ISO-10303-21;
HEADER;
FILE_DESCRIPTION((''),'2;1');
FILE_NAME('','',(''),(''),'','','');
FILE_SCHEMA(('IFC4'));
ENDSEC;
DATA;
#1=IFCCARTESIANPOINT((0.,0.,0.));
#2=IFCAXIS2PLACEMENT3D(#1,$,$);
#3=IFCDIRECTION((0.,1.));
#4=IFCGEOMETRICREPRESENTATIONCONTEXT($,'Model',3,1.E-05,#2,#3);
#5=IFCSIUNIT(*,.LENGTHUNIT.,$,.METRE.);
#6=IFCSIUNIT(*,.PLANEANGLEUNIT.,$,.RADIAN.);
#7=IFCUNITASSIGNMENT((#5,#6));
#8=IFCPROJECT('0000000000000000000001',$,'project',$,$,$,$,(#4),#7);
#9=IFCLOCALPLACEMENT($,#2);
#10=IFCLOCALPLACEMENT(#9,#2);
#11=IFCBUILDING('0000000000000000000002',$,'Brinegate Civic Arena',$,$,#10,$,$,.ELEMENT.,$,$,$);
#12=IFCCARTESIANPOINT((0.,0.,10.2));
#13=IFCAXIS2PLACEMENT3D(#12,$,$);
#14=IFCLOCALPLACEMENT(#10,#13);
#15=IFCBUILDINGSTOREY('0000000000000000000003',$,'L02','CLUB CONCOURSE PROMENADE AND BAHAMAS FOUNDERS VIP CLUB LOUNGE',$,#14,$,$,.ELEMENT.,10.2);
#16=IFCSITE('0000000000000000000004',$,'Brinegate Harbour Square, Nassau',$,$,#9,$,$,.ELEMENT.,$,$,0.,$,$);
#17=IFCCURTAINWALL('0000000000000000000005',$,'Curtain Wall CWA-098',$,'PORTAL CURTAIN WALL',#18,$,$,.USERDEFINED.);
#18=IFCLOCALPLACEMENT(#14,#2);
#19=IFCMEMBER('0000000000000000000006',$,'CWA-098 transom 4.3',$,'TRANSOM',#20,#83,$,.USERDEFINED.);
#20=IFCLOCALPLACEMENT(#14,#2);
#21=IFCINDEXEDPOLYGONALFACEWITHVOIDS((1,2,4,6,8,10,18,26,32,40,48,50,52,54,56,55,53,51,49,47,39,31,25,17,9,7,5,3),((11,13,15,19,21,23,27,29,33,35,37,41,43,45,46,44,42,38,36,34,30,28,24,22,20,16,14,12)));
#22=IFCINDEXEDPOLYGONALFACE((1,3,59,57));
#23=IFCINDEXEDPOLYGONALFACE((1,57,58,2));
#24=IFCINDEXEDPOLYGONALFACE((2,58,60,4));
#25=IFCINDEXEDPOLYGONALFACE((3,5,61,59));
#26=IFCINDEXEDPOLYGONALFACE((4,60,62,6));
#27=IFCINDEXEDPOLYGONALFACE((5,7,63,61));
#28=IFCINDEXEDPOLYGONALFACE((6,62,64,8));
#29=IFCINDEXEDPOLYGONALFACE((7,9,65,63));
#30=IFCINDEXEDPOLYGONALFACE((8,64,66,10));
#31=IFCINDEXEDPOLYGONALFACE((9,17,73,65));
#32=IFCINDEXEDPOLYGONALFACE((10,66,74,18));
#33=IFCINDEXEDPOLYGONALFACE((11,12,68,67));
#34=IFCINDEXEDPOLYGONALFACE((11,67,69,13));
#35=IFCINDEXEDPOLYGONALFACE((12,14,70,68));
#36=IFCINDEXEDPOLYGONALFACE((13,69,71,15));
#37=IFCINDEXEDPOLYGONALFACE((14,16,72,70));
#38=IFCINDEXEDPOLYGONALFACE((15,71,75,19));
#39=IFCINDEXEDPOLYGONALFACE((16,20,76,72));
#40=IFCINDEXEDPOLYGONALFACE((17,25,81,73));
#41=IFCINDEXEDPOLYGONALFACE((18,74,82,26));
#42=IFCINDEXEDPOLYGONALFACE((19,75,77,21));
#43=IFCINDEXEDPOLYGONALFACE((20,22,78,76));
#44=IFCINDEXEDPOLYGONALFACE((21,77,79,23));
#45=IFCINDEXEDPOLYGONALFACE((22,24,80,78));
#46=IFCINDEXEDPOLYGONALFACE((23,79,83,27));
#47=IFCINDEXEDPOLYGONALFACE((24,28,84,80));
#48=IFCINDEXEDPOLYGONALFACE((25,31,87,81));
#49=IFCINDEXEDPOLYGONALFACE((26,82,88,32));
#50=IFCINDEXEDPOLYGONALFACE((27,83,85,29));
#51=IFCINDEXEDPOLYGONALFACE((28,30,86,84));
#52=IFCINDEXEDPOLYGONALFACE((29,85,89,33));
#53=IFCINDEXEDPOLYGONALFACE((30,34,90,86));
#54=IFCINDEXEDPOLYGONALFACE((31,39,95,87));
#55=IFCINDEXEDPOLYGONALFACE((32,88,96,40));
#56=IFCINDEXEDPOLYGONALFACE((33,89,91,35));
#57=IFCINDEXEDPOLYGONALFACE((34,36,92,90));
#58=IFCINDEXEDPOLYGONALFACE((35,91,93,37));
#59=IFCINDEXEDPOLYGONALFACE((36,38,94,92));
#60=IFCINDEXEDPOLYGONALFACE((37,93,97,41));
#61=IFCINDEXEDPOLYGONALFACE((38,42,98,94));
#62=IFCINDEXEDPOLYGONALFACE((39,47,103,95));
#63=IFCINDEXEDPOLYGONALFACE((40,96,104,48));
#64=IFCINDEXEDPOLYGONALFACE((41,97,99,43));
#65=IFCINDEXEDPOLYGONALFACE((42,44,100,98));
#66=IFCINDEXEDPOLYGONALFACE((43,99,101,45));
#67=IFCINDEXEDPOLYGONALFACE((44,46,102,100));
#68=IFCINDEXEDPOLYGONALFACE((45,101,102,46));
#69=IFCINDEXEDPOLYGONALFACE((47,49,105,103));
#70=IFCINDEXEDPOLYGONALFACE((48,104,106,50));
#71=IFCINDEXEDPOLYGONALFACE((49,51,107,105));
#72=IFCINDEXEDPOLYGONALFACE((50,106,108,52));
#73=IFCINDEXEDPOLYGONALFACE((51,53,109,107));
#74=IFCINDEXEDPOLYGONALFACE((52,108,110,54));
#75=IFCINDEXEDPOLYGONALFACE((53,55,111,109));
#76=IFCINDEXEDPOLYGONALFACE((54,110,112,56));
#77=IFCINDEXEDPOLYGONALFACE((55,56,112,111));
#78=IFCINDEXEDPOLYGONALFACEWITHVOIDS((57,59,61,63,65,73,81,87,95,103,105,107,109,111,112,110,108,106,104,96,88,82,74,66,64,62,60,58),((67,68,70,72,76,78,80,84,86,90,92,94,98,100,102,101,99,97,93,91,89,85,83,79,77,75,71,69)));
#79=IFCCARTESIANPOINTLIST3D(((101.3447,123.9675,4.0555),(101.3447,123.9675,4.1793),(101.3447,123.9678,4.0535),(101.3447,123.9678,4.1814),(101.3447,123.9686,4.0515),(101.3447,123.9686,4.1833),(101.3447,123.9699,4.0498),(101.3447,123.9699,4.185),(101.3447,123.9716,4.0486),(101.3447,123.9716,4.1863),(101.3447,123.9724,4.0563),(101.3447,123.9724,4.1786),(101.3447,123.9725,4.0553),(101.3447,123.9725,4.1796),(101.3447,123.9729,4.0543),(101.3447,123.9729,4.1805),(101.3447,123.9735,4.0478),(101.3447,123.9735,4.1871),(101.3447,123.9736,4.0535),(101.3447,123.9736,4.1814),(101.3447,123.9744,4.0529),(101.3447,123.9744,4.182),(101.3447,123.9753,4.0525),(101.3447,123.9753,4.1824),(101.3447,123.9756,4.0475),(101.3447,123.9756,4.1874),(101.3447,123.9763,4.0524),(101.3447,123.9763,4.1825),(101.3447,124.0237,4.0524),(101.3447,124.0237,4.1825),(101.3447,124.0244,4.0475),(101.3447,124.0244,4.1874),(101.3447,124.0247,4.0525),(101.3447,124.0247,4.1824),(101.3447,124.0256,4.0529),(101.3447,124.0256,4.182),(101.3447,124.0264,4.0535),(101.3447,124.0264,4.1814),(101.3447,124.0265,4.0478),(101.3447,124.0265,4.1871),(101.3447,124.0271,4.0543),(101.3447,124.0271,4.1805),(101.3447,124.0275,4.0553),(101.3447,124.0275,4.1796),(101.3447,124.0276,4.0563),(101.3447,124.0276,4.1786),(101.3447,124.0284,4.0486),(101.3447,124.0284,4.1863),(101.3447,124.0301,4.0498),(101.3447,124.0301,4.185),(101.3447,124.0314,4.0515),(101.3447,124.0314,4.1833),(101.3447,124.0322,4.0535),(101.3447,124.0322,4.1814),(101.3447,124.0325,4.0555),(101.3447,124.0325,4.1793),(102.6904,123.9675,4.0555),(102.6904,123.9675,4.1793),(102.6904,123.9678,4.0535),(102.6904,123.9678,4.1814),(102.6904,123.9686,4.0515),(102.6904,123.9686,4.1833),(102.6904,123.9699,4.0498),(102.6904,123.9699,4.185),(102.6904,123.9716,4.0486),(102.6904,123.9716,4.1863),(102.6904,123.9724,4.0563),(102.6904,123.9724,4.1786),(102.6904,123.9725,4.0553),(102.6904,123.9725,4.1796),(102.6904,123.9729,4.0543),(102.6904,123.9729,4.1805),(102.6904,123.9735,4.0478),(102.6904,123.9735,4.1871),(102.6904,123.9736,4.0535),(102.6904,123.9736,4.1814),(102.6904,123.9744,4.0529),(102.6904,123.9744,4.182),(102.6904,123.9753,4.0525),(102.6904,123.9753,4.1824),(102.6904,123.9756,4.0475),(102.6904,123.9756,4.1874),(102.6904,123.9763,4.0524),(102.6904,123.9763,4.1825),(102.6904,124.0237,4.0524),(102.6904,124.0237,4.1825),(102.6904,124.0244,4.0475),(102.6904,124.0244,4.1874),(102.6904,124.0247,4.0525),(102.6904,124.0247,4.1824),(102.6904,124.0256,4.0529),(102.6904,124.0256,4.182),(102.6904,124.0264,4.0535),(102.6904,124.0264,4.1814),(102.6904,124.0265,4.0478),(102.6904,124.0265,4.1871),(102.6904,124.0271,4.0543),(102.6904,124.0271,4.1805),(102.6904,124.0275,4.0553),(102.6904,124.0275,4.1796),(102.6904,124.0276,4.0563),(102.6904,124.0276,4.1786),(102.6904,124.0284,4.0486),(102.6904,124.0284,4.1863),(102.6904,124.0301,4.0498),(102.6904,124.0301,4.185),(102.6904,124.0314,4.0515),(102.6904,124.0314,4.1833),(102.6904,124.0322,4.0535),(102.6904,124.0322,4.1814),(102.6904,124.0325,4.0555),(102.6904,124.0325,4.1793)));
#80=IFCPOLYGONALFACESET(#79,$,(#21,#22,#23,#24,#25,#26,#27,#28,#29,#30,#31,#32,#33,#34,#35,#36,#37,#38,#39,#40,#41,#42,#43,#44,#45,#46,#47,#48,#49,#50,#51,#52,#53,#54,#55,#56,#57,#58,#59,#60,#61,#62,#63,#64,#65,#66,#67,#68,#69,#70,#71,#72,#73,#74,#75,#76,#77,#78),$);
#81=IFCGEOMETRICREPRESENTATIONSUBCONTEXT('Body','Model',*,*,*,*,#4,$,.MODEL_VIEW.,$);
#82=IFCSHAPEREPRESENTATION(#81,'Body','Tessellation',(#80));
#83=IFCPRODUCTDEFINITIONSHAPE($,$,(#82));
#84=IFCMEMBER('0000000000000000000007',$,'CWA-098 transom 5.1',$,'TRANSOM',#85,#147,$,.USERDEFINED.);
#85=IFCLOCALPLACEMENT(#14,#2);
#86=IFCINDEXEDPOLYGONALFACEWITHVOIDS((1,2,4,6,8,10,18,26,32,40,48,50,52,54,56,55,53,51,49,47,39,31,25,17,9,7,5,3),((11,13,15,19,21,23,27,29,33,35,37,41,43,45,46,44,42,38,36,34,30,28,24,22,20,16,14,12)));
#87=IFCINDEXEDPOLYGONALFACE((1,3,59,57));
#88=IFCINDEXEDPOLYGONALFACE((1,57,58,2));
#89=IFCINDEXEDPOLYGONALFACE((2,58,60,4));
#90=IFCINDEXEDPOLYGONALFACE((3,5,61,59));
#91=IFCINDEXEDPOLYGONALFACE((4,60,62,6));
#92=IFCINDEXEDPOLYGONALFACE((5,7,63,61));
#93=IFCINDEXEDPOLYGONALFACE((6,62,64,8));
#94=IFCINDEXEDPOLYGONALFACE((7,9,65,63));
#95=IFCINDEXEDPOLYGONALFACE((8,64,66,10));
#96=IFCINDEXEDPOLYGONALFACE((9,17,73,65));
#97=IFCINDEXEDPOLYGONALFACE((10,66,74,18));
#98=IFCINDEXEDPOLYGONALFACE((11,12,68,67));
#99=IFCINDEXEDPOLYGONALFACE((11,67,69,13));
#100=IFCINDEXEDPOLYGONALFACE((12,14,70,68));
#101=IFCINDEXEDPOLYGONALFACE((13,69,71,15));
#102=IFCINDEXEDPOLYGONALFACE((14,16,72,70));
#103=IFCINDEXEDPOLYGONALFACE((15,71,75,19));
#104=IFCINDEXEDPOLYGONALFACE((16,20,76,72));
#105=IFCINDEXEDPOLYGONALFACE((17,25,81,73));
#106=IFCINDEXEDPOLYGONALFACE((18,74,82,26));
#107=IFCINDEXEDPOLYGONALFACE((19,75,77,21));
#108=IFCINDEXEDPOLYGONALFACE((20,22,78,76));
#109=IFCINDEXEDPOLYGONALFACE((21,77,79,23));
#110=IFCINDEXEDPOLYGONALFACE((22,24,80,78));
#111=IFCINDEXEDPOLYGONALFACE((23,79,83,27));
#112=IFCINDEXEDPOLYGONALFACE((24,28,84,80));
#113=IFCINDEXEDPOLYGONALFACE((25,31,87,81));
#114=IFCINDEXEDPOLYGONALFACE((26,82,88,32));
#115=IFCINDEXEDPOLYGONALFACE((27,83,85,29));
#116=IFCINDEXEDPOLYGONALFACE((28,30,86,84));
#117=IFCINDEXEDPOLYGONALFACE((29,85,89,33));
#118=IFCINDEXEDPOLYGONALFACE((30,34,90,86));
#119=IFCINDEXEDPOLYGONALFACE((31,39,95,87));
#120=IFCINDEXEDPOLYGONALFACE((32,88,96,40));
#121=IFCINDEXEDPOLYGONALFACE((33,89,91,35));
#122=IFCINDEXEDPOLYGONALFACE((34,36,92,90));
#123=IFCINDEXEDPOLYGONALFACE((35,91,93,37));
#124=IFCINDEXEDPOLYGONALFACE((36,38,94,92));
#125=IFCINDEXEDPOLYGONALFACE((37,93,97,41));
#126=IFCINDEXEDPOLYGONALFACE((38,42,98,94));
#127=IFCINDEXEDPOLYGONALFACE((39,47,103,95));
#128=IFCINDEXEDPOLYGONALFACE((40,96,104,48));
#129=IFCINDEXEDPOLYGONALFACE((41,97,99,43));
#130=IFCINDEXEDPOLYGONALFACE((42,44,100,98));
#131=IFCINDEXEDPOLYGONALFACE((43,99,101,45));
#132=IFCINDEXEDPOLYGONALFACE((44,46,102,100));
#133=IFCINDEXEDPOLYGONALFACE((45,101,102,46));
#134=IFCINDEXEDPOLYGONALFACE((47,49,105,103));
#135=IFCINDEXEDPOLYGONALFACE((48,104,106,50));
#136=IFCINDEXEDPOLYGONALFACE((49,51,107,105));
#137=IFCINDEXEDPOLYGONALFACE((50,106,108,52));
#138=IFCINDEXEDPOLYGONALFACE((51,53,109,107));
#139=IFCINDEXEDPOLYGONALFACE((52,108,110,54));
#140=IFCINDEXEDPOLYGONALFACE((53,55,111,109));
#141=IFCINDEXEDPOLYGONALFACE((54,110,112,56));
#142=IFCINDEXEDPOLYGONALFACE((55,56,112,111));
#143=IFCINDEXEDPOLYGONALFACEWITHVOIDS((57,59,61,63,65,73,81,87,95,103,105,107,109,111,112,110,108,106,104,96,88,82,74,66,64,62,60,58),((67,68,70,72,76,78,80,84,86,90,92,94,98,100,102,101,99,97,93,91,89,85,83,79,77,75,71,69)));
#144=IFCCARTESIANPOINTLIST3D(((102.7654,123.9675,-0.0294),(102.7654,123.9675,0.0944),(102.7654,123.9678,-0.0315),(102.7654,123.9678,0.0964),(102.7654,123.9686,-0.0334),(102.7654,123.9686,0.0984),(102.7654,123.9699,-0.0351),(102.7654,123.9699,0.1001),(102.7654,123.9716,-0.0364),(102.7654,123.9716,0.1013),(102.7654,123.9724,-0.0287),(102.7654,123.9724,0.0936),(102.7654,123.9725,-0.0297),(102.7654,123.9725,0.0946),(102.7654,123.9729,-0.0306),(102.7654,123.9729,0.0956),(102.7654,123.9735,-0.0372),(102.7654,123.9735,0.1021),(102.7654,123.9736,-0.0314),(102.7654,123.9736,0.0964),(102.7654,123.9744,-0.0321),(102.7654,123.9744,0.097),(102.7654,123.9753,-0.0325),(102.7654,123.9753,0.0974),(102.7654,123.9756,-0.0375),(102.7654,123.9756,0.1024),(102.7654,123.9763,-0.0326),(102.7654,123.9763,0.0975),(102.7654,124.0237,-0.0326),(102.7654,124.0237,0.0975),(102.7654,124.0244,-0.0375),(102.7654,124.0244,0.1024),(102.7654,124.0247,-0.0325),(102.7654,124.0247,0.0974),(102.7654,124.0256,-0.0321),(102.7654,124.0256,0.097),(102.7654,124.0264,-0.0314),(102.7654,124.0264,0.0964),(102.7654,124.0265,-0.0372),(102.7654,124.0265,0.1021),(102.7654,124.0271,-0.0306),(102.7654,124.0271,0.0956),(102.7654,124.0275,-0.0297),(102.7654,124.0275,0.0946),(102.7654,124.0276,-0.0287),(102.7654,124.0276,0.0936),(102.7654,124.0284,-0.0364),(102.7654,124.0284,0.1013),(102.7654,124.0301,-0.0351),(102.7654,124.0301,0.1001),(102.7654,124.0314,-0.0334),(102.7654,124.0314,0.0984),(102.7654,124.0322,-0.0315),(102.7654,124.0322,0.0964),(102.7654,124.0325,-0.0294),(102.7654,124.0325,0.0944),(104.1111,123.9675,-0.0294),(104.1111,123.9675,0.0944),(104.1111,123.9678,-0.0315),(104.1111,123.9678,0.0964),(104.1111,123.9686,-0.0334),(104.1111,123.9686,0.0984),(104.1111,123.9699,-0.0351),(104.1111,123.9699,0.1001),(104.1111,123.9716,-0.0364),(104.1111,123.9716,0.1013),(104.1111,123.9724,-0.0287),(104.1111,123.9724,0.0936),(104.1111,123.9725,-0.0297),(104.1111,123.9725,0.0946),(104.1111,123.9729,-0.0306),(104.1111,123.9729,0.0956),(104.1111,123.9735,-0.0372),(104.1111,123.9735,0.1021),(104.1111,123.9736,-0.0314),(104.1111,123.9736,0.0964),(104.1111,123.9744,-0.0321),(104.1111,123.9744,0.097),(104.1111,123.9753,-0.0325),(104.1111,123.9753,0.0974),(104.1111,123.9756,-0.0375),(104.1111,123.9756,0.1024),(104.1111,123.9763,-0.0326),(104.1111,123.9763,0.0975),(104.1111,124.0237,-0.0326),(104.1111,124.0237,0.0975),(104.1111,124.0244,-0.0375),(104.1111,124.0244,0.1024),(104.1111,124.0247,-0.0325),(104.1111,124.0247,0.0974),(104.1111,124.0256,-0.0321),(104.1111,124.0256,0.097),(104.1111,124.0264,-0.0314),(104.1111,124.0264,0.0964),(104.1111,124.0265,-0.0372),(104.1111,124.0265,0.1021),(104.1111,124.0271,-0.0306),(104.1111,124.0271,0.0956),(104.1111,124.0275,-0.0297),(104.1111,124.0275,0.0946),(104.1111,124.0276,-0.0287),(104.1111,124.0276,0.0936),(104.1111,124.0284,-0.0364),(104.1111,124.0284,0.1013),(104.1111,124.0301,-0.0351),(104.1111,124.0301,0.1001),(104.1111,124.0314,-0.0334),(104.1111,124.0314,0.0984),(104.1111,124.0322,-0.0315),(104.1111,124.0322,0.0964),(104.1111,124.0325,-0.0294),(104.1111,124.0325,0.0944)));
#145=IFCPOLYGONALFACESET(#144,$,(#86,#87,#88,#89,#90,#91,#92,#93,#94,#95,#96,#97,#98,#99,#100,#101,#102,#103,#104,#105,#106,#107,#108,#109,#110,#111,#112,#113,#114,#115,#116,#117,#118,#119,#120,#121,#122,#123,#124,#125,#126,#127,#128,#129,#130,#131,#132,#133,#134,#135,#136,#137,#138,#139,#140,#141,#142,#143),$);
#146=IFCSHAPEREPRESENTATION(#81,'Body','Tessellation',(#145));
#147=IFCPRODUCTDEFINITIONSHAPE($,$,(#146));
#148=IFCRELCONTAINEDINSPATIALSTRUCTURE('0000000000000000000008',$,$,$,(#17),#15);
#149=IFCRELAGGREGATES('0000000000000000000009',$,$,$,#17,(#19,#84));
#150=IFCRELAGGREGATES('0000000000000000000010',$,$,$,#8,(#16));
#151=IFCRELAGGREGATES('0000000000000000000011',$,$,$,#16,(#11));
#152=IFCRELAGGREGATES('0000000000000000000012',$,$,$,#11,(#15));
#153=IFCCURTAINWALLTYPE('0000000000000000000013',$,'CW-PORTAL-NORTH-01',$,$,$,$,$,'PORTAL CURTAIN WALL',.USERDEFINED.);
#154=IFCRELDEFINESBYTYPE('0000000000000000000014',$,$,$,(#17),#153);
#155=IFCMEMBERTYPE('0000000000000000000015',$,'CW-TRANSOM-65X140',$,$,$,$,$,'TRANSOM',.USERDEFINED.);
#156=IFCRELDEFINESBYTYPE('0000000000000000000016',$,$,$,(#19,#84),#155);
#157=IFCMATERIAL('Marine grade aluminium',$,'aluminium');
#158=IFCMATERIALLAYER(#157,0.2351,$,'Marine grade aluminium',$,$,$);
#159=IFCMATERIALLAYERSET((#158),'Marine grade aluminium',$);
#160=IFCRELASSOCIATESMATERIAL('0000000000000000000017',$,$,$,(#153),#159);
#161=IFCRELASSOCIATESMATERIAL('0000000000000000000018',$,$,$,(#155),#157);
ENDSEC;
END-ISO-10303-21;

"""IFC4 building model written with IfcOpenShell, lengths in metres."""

from ifc_helpers import new_model, si_unit, direction, frame, origin, origin_2d, place, context, subcontext, project, spatial, hollow_rectangle, extrude, material, layer, layer_set, material_profile, profile_set, type_object, element, aggregate, save


model = new_model("IFC4")

# Units and contexts
model_context = context("Model", 3, precision=1e-05, world=origin(), true_north=direction((0.0, 1.0)))
body_context = subcontext(model_context, "Body", "Model", "MODEL_VIEW")
ifc_project = project(units=[si_unit("LENGTHUNIT", "METRE"), si_unit("PLANEANGLEUNIT", "RADIAN")], contexts=[model_context])

# Site, building, storey
site_placement = place(None, origin())
site = spatial("IfcSite", under=ifc_project, at=site_placement, Name="Brinegate Harbour Square, Nassau", CompositionType="ELEMENT", RefElevation=0.0)
building_placement = place(site_placement, origin())
building = spatial("IfcBuilding", under=site, at=building_placement, Name="Brinegate Civic Arena", CompositionType="ELEMENT")
storey_placement = place(building_placement, frame((0.0, 0.0, 10.2)))
storey = spatial("IfcBuildingStorey", under=building, at=storey_placement, Name="L02", Description="CLUB CONCOURSE PROMENADE AND BAHAMAS FOUNDERS VIP CLUB LOUNGE", CompositionType="ELEMENT", Elevation=10.2)

# Curtain wall, members
ifc_material_1 = material(Name="Marine grade aluminium", Category="aluminium")
ifc_layer_1 = layer(ifc_material_1, 0.2351, Name="Marine grade aluminium")
ifc_layer_set_1 = layer_set([ifc_layer_1], Name="Marine grade aluminium")
curtain_wall_type = type_object("IfcCurtainWallType", Name="CW-PORTAL-NORTH-01", ElementType="PORTAL CURTAIN WALL", PredefinedType="USERDEFINED", material=ifc_layer_set_1)
curtain_wall_placement = place(storey_placement, origin())
curtain_wall = element("IfcCurtainWall", 1, at=curtain_wall_placement, inside=storey, type_object=curtain_wall_type, Name="Curtain Wall CWA-098", ObjectType="PORTAL CURTAIN WALL", PredefinedType="USERDEFINED")
ifc_material_profile_1 = material_profile(ifc_material_1, hollow_rectangle(XDim=0.0649, YDim=0.1399, WallThickness=0.0049, InnerFilletRadius=0.0039, OuterFilletRadius=0.0081, at=origin_2d()), Name="TRN65X140")
ifc_profile_set_1 = profile_set([ifc_material_profile_1], Name="Marine grade aluminium")
member_type_1 = type_object("IfcMemberType", Name="CW-TRANSOM-65X140", ElementType="TRANSOM", PredefinedType="USERDEFINED", material=ifc_profile_set_1)
member_1_placement = place(storey_placement, frame((101.3447, 124.0, 4.1174), z_axis=(1.0, 0.0, 0.0), x_axis=(0.0, 1.0, 0.0)))
member_1 = element("IfcMember", 2, at=member_1_placement, type_object=member_type_1, Name="CWA-098 transom 4.3", ObjectType="TRANSOM", PredefinedType="USERDEFINED", context=body_context, shape_type="SweptSolid", body=[
    extrude(hollow_rectangle(XDim=0.0649, YDim=0.1399, WallThickness=0.0049, InnerFilletRadius=0.0039, OuterFilletRadius=0.0081, at=origin_2d()), origin(), (0.0, 0.0, 1.0), 1.3457),
])
member_2_placement = place(storey_placement, frame((102.7654, 124.0, 0.0325), z_axis=(1.0, 0.0, 0.0), x_axis=(0.0, 1.0, 0.0)))
member_2 = element("IfcMember", 3, at=member_2_placement, type_object=member_type_1, Name="CWA-098 transom 5.1", ObjectType="TRANSOM", PredefinedType="USERDEFINED", context=body_context, shape_type="SweptSolid", body=[
    extrude(hollow_rectangle(XDim=0.0649, YDim=0.1399, WallThickness=0.0049, InnerFilletRadius=0.0039, OuterFilletRadius=0.0081, at=origin_2d()), origin(), (0.0, 0.0, 1.0), 1.3457),
])

aggregate(curtain_wall, [member_1, member_2])

save(model, "model.ifc")
